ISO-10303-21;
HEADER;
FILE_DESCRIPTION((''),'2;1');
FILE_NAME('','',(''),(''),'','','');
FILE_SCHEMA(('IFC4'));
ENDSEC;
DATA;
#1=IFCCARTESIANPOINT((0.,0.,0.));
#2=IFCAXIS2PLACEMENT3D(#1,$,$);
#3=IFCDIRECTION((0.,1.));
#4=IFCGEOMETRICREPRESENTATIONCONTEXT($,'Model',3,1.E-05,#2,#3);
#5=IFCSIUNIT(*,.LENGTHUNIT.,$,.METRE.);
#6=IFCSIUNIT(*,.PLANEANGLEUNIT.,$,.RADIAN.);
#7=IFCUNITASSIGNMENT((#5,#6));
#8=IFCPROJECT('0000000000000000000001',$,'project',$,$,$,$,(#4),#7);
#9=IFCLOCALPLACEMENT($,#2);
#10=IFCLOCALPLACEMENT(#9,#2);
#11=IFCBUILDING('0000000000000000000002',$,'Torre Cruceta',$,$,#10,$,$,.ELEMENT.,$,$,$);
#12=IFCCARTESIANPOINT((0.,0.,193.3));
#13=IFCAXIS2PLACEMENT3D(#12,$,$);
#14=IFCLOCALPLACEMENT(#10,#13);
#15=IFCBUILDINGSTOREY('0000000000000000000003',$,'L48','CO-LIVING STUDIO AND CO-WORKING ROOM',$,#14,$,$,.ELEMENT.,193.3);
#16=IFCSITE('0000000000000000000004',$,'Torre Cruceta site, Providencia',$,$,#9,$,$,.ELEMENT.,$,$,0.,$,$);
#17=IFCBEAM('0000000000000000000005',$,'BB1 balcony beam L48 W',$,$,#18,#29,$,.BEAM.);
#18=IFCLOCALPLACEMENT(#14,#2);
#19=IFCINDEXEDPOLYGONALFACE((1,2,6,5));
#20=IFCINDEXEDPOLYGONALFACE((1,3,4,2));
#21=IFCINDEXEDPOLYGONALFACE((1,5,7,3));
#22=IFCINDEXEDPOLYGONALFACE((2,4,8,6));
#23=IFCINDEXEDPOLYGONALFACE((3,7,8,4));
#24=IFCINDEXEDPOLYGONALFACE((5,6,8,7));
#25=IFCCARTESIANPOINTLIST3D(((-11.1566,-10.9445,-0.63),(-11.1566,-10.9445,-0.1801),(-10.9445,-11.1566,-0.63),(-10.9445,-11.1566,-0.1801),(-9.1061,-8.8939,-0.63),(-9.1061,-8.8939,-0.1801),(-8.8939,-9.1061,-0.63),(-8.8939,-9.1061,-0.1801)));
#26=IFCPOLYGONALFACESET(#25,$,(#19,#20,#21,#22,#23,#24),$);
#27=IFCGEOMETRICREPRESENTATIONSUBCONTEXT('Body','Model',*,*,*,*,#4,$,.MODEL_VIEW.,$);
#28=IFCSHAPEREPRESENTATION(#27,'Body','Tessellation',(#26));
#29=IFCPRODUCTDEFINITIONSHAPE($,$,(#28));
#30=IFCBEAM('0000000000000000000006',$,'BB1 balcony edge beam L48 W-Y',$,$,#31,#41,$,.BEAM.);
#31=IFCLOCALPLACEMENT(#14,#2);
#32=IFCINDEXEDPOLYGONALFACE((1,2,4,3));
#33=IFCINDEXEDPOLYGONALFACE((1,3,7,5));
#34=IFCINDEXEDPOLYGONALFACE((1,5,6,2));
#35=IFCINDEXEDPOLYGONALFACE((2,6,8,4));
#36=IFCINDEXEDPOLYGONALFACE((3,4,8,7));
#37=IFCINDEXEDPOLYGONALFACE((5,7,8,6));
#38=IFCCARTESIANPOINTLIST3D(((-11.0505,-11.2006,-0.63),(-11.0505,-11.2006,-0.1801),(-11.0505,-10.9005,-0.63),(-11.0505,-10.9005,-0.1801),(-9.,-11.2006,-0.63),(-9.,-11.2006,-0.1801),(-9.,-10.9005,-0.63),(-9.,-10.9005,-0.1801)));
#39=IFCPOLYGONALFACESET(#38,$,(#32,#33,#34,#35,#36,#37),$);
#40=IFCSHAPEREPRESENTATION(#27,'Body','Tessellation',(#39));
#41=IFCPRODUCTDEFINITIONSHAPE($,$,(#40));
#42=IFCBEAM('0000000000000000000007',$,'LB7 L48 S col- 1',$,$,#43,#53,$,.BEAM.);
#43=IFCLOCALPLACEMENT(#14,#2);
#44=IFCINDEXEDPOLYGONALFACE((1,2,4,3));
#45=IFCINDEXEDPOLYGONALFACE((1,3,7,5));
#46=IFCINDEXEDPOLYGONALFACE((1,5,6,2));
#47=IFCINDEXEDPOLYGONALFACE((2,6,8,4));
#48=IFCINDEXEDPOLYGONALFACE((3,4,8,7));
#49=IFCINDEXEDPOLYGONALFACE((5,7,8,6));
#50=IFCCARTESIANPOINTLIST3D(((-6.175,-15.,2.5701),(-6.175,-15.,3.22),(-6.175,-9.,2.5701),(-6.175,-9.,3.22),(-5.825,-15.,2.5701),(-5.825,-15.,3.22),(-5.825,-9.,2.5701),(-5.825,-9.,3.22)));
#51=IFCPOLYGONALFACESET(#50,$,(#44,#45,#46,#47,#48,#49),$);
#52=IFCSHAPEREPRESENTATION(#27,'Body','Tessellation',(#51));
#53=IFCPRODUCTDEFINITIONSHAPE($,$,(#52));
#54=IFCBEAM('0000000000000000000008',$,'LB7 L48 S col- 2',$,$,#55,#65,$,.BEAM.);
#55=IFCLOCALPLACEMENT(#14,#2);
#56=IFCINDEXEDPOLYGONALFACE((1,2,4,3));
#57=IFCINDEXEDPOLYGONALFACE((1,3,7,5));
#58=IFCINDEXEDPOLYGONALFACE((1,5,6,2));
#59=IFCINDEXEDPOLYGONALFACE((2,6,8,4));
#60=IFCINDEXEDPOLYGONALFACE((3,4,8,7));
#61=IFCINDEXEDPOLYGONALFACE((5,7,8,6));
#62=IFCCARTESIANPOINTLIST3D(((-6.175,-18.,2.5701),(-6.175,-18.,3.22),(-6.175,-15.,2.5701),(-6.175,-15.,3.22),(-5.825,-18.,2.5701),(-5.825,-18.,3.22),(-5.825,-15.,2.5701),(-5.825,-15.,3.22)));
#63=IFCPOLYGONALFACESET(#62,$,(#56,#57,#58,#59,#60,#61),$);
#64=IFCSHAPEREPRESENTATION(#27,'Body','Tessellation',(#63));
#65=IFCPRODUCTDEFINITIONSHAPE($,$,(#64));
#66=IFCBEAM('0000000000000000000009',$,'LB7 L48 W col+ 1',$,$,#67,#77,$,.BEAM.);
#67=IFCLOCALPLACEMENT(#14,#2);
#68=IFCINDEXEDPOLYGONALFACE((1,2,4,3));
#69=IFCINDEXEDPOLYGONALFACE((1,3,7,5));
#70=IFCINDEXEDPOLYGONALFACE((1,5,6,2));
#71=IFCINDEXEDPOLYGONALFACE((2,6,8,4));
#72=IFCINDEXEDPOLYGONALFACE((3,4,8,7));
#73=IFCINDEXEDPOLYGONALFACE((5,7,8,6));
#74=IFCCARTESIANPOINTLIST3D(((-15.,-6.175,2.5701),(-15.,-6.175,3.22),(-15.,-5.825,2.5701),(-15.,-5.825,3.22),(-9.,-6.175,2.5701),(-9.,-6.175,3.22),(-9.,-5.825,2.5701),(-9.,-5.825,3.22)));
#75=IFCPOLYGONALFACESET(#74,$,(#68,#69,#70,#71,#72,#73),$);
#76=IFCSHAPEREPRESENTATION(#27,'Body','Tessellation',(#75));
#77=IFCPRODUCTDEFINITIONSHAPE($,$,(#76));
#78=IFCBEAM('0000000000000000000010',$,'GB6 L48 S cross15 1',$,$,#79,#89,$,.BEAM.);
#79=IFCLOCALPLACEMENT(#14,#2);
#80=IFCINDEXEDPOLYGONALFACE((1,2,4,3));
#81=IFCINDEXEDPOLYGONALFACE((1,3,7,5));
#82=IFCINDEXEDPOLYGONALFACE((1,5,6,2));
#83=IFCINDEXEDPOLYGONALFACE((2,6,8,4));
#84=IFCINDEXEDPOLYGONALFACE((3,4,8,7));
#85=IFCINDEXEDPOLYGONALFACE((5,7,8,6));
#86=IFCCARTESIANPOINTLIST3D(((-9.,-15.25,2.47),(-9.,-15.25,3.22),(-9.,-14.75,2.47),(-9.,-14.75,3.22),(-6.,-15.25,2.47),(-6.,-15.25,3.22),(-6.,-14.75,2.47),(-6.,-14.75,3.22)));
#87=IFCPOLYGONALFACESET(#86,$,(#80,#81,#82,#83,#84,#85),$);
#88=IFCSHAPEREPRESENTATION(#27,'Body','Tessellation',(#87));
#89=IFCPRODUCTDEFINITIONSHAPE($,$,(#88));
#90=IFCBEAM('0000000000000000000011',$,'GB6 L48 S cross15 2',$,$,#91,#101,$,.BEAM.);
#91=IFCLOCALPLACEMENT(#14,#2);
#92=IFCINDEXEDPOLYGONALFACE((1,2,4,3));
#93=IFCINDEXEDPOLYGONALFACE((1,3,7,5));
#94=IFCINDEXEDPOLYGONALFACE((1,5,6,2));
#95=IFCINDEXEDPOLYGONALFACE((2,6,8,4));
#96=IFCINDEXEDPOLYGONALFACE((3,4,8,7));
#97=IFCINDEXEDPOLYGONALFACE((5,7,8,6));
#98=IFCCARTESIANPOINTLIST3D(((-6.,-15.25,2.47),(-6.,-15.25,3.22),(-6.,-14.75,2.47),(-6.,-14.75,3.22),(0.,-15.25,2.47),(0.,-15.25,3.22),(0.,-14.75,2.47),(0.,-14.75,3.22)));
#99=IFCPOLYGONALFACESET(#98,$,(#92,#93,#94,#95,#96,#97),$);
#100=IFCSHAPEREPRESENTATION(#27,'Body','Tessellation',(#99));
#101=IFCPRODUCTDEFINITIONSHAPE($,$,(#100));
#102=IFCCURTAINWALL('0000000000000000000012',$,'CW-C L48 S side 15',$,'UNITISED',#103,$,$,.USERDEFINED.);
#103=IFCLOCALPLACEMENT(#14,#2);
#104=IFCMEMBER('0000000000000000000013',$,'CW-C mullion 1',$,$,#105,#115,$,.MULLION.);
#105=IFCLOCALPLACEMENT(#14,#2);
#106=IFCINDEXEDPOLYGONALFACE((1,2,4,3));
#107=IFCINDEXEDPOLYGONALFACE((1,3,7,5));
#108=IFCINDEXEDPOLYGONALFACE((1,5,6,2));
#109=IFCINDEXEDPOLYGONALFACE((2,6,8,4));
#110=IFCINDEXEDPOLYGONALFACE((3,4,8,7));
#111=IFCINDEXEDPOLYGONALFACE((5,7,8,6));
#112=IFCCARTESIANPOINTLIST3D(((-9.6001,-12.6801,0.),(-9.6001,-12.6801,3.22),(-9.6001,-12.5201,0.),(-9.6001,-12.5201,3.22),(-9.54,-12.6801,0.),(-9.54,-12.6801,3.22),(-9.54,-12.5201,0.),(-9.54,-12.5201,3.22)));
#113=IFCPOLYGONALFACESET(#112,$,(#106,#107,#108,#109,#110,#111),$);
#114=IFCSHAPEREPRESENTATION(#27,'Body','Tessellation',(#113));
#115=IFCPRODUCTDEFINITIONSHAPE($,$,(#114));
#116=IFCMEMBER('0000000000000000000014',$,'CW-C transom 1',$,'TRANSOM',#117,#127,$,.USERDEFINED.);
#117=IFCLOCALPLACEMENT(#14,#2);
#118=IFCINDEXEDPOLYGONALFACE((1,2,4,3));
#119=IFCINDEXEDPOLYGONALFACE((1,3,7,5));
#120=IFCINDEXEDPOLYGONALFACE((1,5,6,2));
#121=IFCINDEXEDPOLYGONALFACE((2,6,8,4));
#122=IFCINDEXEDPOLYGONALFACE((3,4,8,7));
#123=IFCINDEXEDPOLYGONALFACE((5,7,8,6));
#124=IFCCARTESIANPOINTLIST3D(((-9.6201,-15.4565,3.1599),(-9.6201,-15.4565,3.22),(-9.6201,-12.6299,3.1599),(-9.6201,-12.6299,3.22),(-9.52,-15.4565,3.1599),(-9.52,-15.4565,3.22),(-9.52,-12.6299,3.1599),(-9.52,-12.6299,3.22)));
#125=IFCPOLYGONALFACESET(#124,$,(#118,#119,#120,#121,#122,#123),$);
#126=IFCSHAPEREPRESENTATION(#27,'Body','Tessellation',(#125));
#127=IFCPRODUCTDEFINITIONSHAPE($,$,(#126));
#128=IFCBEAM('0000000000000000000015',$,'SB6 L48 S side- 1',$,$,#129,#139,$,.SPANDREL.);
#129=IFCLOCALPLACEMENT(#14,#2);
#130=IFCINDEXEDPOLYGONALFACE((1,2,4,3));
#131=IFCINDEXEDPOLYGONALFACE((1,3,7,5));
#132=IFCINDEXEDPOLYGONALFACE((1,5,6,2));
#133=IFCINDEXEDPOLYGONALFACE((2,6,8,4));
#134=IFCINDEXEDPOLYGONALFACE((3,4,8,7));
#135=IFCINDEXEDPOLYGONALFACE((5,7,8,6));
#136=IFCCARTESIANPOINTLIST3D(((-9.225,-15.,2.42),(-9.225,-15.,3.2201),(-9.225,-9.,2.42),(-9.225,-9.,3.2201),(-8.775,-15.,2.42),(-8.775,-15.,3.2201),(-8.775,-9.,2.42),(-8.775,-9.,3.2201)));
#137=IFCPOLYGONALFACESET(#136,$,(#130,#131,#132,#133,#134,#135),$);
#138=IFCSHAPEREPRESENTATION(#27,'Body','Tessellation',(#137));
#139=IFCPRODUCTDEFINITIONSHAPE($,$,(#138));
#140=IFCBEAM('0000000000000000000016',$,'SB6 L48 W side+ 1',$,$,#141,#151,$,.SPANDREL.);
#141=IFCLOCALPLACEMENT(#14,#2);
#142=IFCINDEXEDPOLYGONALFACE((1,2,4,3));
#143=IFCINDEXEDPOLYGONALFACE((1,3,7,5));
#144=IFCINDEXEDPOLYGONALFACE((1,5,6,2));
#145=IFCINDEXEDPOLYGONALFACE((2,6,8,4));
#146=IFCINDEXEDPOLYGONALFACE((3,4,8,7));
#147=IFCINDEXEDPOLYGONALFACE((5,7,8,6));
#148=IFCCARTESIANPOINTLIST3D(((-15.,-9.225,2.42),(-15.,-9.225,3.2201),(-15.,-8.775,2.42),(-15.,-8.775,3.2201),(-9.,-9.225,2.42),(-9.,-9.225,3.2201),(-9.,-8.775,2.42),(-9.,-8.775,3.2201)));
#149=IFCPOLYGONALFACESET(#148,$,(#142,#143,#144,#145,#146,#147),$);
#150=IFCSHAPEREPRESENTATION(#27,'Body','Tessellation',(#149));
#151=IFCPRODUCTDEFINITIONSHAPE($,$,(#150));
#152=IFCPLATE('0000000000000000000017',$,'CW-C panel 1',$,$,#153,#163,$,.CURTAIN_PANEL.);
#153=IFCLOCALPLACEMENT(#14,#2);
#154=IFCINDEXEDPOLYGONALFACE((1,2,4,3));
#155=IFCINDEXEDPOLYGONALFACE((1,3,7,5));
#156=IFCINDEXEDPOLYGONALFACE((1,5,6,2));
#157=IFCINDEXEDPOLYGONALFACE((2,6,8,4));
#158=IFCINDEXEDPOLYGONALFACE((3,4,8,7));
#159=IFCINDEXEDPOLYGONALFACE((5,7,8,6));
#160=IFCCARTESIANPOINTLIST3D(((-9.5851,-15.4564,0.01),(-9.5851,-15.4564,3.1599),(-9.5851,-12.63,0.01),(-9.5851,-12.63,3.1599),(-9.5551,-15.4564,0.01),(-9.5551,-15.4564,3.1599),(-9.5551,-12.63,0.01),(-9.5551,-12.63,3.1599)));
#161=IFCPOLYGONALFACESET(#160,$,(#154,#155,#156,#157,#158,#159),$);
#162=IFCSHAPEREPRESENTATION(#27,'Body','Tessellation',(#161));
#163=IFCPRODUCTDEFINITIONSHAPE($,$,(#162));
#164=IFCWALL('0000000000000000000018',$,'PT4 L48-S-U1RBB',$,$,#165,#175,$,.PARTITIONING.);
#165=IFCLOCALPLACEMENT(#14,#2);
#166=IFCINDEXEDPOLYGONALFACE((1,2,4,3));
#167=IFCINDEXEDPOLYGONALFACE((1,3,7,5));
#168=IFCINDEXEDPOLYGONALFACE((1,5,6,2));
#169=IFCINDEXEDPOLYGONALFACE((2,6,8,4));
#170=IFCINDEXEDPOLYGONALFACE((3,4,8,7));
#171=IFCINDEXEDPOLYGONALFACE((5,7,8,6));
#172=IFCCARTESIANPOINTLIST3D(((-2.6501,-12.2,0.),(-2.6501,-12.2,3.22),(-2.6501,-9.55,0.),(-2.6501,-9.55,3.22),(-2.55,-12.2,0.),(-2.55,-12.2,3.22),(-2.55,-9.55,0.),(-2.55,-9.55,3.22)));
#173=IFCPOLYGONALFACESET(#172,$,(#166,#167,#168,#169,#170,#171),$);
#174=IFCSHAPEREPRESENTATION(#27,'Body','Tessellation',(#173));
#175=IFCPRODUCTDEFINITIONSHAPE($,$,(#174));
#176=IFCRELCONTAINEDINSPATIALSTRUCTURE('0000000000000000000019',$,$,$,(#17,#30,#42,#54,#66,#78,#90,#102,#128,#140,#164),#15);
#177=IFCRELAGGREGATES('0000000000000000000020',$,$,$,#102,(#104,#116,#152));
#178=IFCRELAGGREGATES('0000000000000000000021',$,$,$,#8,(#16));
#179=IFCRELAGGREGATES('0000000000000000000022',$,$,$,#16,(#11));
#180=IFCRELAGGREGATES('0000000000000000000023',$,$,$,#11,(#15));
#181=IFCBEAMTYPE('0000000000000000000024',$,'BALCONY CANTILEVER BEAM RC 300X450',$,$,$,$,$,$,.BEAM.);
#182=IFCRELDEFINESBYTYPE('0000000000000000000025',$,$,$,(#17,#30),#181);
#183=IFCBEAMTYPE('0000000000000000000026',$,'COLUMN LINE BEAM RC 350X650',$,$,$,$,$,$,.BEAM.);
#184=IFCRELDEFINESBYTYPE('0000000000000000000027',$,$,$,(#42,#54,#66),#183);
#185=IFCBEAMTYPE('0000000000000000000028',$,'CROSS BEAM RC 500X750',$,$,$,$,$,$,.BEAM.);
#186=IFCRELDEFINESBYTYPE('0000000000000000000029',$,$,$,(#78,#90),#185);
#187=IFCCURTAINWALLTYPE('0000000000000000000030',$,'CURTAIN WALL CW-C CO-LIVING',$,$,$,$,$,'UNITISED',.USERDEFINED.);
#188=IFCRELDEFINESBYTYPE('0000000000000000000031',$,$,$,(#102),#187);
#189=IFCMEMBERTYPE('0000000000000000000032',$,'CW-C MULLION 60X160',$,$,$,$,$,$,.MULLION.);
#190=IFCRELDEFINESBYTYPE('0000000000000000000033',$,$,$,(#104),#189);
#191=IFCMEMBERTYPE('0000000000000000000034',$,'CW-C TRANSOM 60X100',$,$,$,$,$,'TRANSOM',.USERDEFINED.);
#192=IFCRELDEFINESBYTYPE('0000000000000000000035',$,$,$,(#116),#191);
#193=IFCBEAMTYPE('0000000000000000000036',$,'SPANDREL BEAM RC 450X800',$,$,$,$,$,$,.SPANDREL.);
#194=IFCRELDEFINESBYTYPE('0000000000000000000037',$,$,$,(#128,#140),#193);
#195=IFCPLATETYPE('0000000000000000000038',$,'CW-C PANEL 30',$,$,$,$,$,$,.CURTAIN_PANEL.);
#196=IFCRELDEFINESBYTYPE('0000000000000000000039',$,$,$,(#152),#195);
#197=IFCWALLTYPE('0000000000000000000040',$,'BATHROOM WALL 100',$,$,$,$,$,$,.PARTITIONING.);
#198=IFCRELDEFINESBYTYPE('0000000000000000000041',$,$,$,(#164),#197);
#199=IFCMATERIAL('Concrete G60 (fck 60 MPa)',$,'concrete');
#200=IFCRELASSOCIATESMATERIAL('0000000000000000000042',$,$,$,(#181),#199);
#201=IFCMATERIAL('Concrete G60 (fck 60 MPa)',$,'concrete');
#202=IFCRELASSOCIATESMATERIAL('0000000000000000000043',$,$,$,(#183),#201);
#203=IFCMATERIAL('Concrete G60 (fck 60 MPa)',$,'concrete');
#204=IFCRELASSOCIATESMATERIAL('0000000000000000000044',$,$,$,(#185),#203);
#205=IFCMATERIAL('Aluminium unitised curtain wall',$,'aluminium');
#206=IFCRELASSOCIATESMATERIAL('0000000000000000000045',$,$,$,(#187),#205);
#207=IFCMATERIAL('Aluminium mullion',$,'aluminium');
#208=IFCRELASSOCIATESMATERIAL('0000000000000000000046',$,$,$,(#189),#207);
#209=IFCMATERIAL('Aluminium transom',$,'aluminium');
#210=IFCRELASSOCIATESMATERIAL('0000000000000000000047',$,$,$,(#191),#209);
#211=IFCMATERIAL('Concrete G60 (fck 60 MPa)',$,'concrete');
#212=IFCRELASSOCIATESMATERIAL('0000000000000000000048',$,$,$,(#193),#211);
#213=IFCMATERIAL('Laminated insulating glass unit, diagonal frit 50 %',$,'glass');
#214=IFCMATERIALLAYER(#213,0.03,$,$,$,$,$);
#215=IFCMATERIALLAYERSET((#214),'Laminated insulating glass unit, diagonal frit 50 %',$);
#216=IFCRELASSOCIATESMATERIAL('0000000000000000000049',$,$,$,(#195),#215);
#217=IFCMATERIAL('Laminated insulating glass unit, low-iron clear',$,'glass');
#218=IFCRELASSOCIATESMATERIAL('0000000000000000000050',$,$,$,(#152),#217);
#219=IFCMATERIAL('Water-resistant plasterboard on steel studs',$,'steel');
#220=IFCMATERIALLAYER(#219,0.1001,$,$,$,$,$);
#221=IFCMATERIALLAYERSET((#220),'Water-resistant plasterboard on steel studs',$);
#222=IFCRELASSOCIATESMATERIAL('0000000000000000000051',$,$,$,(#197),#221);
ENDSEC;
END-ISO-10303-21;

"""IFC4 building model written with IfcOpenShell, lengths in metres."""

from ifc_helpers import new_model, si_unit, direction, frame, frame_2d, origin, origin_2d, place, context, subcontext, project, spatial, rectangle, extrude, material, layer, layer_set, material_profile, profile_set, type_object, element, aggregate, save


model = new_model("IFC4")

# Units and contexts
model_context = context("Model", 3, precision=1e-05, world=origin(), true_north=direction((0.0, 1.0)))
body_context = subcontext(model_context, "Body", "Model", "MODEL_VIEW")
ifc_project = project(units=[si_unit("LENGTHUNIT", "METRE"), si_unit("PLANEANGLEUNIT", "RADIAN")], contexts=[model_context])

# Site, building, storey
site_placement = place(None, origin())
site = spatial("IfcSite", under=ifc_project, at=site_placement, Name="Torre Cruceta site, Providencia", CompositionType="ELEMENT", RefElevation=0.0)
building_placement = place(site_placement, origin())
building = spatial("IfcBuilding", under=site, at=building_placement, Name="Torre Cruceta", CompositionType="ELEMENT")
storey_placement = place(building_placement, frame((0.0, 0.0, 193.3)))
storey = spatial("IfcBuildingStorey", under=building, at=storey_placement, Name="L48", Description="CO-LIVING STUDIO AND CO-WORKING ROOM", CompositionType="ELEMENT", Elevation=193.3)

# Beams
ifc_material_1 = material(Name="Concrete G60 (fck 60 MPa)", Category="concrete")
ifc_material_profile_1 = material_profile(ifc_material_1, rectangle(XDim=0.3, YDim=0.45, at=origin_2d()), Name="RC 300X450")
ifc_profile_set_1 = profile_set([ifc_material_profile_1], Name="Concrete G60 (fck 60 MPa)")
beam_type_1 = type_object("IfcBeamType", Name="BALCONY CANTILEVER BEAM RC 300X450", PredefinedType="BEAM", material=ifc_profile_set_1)
beam_1_placement = place(storey_placement, frame((-9.0, -9.0, -0.405), z_axis=(-0.707107, -0.707107, 0.0), x_axis=(0.707107, -0.707107, 0.0)))
element("IfcBeam", 1, at=beam_1_placement, inside=storey, type_object=beam_type_1, Name="BB1 balcony beam L48 W", PredefinedType="BEAM", context=body_context, shape_type="SweptSolid", body=[
    extrude(rectangle(XDim=0.3, YDim=0.45, at=origin_2d()), origin(), (0.0, 0.0, 1.0), 2.8999),
])
beam_2_placement = place(storey_placement, frame((-9.0, -11.0505, -0.405), z_axis=(-1.0, 0.0, 0.0), x_axis=(0.0, -1.0, 0.0)))
element("IfcBeam", 2, at=beam_2_placement, inside=storey, type_object=beam_type_1, Name="BB1 balcony edge beam L48 W-Y", PredefinedType="BEAM", context=body_context, shape_type="SweptSolid", body=[
    extrude(rectangle(XDim=0.3, YDim=0.45, at=origin_2d()), origin(), (0.0, 0.0, 1.0), 2.0505),
])
ifc_material_2 = material(Name="Concrete G60 (fck 60 MPa)", Category="concrete")
ifc_material_profile_2 = material_profile(ifc_material_2, rectangle(XDim=0.3501, YDim=0.6499, at=origin_2d()), Name="RC 350X650")
ifc_profile_set_2 = profile_set([ifc_material_profile_2], Name="Concrete G60 (fck 60 MPa)")
beam_type_2 = type_object("IfcBeamType", Name="COLUMN LINE BEAM RC 350X650", PredefinedType="BEAM", material=ifc_profile_set_2)
beam_3_placement = place(storey_placement, frame((-6.0, -9.0, 2.895), z_axis=(0.0, -1.0, 0.0), x_axis=(1.0, 0.0, 0.0)))
element("IfcBeam", 3, at=beam_3_placement, inside=storey, type_object=beam_type_2, Name="LB7 L48 S col- 1", PredefinedType="BEAM", context=body_context, shape_type="SweptSolid", body=[
    extrude(rectangle(XDim=0.3501, YDim=0.6499, at=origin_2d()), origin(), (0.0, 0.0, 1.0), 6.0),
])
beam_4_placement = place(storey_placement, frame((-6.0, -15.0, 2.895), z_axis=(0.0, -1.0, 0.0), x_axis=(1.0, 0.0, 0.0)))
element("IfcBeam", 4, at=beam_4_placement, inside=storey, type_object=beam_type_2, Name="LB7 L48 S col- 2", PredefinedType="BEAM", context=body_context, shape_type="SweptSolid", body=[
    extrude(rectangle(XDim=0.3501, YDim=0.6499, at=origin_2d()), origin(), (0.0, 0.0, 1.0), 3.0),
])
beam_5_placement = place(storey_placement, frame((-9.0, -6.0, 2.895), z_axis=(-1.0, 0.0, 0.0), x_axis=(0.0, -1.0, 0.0)))
element("IfcBeam", 5, at=beam_5_placement, inside=storey, type_object=beam_type_2, Name="LB7 L48 W col+ 1", PredefinedType="BEAM", context=body_context, shape_type="SweptSolid", body=[
    extrude(rectangle(XDim=0.3501, YDim=0.6499, at=origin_2d()), origin(), (0.0, 0.0, 1.0), 6.0),
])
ifc_material_3 = material(Name="Concrete G60 (fck 60 MPa)", Category="concrete")
ifc_material_profile_3 = material_profile(ifc_material_3, rectangle(XDim=0.5, YDim=0.75, at=origin_2d()), Name="RC 500X750")
ifc_profile_set_3 = profile_set([ifc_material_profile_3], Name="Concrete G60 (fck 60 MPa)")
beam_type_3 = type_object("IfcBeamType", Name="CROSS BEAM RC 500X750", PredefinedType="BEAM", material=ifc_profile_set_3)
beam_6_placement = place(storey_placement, frame((-9.0, -15.0, 2.845), z_axis=(1.0, 0.0, 0.0), x_axis=(0.0, 1.0, 0.0)))
element("IfcBeam", 6, at=beam_6_placement, inside=storey, type_object=beam_type_3, Name="GB6 L48 S cross15 1", PredefinedType="BEAM", context=body_context, shape_type="SweptSolid", body=[
    extrude(rectangle(XDim=0.5, YDim=0.75, at=origin_2d()), origin(), (0.0, 0.0, 1.0), 3.0),
])
beam_7_placement = place(storey_placement, frame((-6.0, -15.0, 2.845), z_axis=(1.0, 0.0, 0.0), x_axis=(0.0, 1.0, 0.0)))
element("IfcBeam", 7, at=beam_7_placement, inside=storey, type_object=beam_type_3, Name="GB6 L48 S cross15 2", PredefinedType="BEAM", context=body_context, shape_type="SweptSolid", body=[
    extrude(rectangle(XDim=0.5, YDim=0.75, at=origin_2d()), origin(), (0.0, 0.0, 1.0), 6.0),
])

# Curtain wall, members
ifc_material_4 = material(Name="Aluminium unitised curtain wall", Category="aluminium")
curtain_wall_type = type_object("IfcCurtainWallType", Name="CURTAIN WALL CW-C CO-LIVING", ElementType="UNITISED", PredefinedType="USERDEFINED", material=ifc_material_4)
curtain_wall_placement = place(storey_placement, origin())
curtain_wall = element("IfcCurtainWall", 8, at=curtain_wall_placement, inside=storey, type_object=curtain_wall_type, Name="CW-C L48 S side 15", ObjectType="UNITISED", PredefinedType="USERDEFINED")
ifc_material_5 = material(Name="Aluminium mullion", Category="aluminium")
ifc_material_profile_4 = material_profile(ifc_material_5, rectangle(XDim=0.0601, YDim=0.1599, at=origin_2d()), Name="AL 60X160")
ifc_profile_set_4 = profile_set([ifc_material_profile_4], Name="Aluminium mullion")
member_type_1 = type_object("IfcMemberType", Name="CW-C MULLION 60X160", PredefinedType="MULLION", material=ifc_profile_set_4)
member_1_placement = place(storey_placement, frame((-9.5701, -12.6001, 0.0), z_axis=(0.0, 0.0, 1.0), x_axis=(1.0, 0.0, 0.0)))
member_1 = element("IfcMember", 9, at=member_1_placement, type_object=member_type_1, Name="CW-C mullion 1", PredefinedType="MULLION", context=body_context, shape_type="SweptSolid", body=[
    extrude(rectangle(XDim=0.0601, YDim=0.1599, at=origin_2d()), origin(), (0.0, 0.0, 1.0), 3.22),
])
ifc_material_6 = material(Name="Aluminium transom", Category="aluminium")
ifc_material_profile_5 = material_profile(ifc_material_6, rectangle(XDim=0.1001, YDim=0.0601, at=origin_2d()), Name="AL 100X60")
ifc_profile_set_5 = profile_set([ifc_material_profile_5], Name="Aluminium transom")
member_type_2 = type_object("IfcMemberType", Name="CW-C TRANSOM 60X100", ElementType="TRANSOM", PredefinedType="USERDEFINED", material=ifc_profile_set_5)
member_2_placement = place(storey_placement, frame((-9.5701, -12.6299, 3.1899), z_axis=(0.0, -1.0, 0.0), x_axis=(1.0, 0.0, 0.0)))
member_2 = element("IfcMember", 10, at=member_2_placement, type_object=member_type_2, Name="CW-C transom 1", ObjectType="TRANSOM", PredefinedType="USERDEFINED", context=body_context, shape_type="SweptSolid", body=[
    extrude(rectangle(XDim=0.1001, YDim=0.0601, at=origin_2d()), origin(), (0.0, 0.0, 1.0), 2.8267),
])

# Beams
ifc_material_7 = material(Name="Concrete G60 (fck 60 MPa)", Category="concrete")
ifc_material_profile_6 = material_profile(ifc_material_7, rectangle(XDim=0.45, YDim=0.8, at=origin_2d()), Name="RC 450X800")
ifc_profile_set_6 = profile_set([ifc_material_profile_6], Name="Concrete G60 (fck 60 MPa)")
beam_type_4 = type_object("IfcBeamType", Name="SPANDREL BEAM RC 450X800", PredefinedType="SPANDREL", material=ifc_profile_set_6)
for number, where, z_axis, x_axis, name in (
    (11, (-9.0, -9.0, 2.8201), (0.0, -1.0, 0.0), (1.0, 0.0, 0.0), "SB6 L48 S side- 1"),
    (12, (-9.0, -9.0, 2.8201), (-1.0, 0.0, 0.0), (0.0, -1.0, 0.0), "SB6 L48 W side+ 1"),
):
    element("IfcBeam", number, at=place(storey_placement, frame(where, z_axis=z_axis, x_axis=x_axis)), inside=storey, type_object=beam_type_4, Name=name, PredefinedType="SPANDREL", context=body_context, shape_type="SweptSolid", body=[
        extrude(rectangle(XDim=0.45, YDim=0.8, at=origin_2d()), origin(), (0.0, 0.0, 1.0), 6.0),
    ])

# Plate
ifc_material_8 = material(Name="Laminated insulating glass unit, low-iron clear", Category="glass")
ifc_material_9 = material(Name="Laminated insulating glass unit, diagonal frit 50 %", Category="glass")
ifc_layer_1 = layer(ifc_material_9, 0.03)
ifc_layer_set_1 = layer_set([ifc_layer_1], Name="Laminated insulating glass unit, diagonal frit 50 %")
plate_type = type_object("IfcPlateType", Name="CW-C PANEL 30", PredefinedType="CURTAIN_PANEL", material=ifc_layer_set_1)
plate_placement = place(storey_placement, frame((-9.5701, -14.0432, 0.01), z_axis=(0.0, 0.0, 1.0), x_axis=(0.0, -1.0, 0.0)))
plate = element("IfcPlate", 13, at=plate_placement, type_object=plate_type, material=ifc_material_8, Name="CW-C panel 1", PredefinedType="CURTAIN_PANEL", context=body_context, shape_type="SweptSolid", body=[
    extrude(rectangle(XDim=2.8264, YDim=0.03, at=origin_2d()), origin(), (0.0, 0.0, 1.0), 3.1499),
])
aggregate(curtain_wall, [member_1, member_2, plate])

# Wall
ifc_material_10 = material(Name="Water-resistant plasterboard on steel studs", Category="steel")
ifc_layer_2 = layer(ifc_material_10, 0.1001)
ifc_layer_set_2 = layer_set([ifc_layer_2], Name="Water-resistant plasterboard on steel studs")
wall_type_1 = type_object("IfcWallType", Name="BATHROOM WALL 100", PredefinedType="PARTITIONING", material=ifc_layer_set_2)
wall_1_placement = place(storey_placement, frame((-2.6001, -9.55, 0.0), z_axis=(0.0, 0.0, 1.0), x_axis=(0.0, -1.0, 0.0)))
element("IfcWall", 14, at=wall_1_placement, inside=storey, type_object=wall_type_1, Name="PT4 L48-S-U1RBB", PredefinedType="PARTITIONING", context=body_context, shape_type="SweptSolid", body=[
    extrude(rectangle(XDim=2.6499, YDim=0.1001, at=frame_2d((1.325, 0.0))), origin(), (0.0, 0.0, 1.0), 3.22),
])

save(model, "model.ifc")
